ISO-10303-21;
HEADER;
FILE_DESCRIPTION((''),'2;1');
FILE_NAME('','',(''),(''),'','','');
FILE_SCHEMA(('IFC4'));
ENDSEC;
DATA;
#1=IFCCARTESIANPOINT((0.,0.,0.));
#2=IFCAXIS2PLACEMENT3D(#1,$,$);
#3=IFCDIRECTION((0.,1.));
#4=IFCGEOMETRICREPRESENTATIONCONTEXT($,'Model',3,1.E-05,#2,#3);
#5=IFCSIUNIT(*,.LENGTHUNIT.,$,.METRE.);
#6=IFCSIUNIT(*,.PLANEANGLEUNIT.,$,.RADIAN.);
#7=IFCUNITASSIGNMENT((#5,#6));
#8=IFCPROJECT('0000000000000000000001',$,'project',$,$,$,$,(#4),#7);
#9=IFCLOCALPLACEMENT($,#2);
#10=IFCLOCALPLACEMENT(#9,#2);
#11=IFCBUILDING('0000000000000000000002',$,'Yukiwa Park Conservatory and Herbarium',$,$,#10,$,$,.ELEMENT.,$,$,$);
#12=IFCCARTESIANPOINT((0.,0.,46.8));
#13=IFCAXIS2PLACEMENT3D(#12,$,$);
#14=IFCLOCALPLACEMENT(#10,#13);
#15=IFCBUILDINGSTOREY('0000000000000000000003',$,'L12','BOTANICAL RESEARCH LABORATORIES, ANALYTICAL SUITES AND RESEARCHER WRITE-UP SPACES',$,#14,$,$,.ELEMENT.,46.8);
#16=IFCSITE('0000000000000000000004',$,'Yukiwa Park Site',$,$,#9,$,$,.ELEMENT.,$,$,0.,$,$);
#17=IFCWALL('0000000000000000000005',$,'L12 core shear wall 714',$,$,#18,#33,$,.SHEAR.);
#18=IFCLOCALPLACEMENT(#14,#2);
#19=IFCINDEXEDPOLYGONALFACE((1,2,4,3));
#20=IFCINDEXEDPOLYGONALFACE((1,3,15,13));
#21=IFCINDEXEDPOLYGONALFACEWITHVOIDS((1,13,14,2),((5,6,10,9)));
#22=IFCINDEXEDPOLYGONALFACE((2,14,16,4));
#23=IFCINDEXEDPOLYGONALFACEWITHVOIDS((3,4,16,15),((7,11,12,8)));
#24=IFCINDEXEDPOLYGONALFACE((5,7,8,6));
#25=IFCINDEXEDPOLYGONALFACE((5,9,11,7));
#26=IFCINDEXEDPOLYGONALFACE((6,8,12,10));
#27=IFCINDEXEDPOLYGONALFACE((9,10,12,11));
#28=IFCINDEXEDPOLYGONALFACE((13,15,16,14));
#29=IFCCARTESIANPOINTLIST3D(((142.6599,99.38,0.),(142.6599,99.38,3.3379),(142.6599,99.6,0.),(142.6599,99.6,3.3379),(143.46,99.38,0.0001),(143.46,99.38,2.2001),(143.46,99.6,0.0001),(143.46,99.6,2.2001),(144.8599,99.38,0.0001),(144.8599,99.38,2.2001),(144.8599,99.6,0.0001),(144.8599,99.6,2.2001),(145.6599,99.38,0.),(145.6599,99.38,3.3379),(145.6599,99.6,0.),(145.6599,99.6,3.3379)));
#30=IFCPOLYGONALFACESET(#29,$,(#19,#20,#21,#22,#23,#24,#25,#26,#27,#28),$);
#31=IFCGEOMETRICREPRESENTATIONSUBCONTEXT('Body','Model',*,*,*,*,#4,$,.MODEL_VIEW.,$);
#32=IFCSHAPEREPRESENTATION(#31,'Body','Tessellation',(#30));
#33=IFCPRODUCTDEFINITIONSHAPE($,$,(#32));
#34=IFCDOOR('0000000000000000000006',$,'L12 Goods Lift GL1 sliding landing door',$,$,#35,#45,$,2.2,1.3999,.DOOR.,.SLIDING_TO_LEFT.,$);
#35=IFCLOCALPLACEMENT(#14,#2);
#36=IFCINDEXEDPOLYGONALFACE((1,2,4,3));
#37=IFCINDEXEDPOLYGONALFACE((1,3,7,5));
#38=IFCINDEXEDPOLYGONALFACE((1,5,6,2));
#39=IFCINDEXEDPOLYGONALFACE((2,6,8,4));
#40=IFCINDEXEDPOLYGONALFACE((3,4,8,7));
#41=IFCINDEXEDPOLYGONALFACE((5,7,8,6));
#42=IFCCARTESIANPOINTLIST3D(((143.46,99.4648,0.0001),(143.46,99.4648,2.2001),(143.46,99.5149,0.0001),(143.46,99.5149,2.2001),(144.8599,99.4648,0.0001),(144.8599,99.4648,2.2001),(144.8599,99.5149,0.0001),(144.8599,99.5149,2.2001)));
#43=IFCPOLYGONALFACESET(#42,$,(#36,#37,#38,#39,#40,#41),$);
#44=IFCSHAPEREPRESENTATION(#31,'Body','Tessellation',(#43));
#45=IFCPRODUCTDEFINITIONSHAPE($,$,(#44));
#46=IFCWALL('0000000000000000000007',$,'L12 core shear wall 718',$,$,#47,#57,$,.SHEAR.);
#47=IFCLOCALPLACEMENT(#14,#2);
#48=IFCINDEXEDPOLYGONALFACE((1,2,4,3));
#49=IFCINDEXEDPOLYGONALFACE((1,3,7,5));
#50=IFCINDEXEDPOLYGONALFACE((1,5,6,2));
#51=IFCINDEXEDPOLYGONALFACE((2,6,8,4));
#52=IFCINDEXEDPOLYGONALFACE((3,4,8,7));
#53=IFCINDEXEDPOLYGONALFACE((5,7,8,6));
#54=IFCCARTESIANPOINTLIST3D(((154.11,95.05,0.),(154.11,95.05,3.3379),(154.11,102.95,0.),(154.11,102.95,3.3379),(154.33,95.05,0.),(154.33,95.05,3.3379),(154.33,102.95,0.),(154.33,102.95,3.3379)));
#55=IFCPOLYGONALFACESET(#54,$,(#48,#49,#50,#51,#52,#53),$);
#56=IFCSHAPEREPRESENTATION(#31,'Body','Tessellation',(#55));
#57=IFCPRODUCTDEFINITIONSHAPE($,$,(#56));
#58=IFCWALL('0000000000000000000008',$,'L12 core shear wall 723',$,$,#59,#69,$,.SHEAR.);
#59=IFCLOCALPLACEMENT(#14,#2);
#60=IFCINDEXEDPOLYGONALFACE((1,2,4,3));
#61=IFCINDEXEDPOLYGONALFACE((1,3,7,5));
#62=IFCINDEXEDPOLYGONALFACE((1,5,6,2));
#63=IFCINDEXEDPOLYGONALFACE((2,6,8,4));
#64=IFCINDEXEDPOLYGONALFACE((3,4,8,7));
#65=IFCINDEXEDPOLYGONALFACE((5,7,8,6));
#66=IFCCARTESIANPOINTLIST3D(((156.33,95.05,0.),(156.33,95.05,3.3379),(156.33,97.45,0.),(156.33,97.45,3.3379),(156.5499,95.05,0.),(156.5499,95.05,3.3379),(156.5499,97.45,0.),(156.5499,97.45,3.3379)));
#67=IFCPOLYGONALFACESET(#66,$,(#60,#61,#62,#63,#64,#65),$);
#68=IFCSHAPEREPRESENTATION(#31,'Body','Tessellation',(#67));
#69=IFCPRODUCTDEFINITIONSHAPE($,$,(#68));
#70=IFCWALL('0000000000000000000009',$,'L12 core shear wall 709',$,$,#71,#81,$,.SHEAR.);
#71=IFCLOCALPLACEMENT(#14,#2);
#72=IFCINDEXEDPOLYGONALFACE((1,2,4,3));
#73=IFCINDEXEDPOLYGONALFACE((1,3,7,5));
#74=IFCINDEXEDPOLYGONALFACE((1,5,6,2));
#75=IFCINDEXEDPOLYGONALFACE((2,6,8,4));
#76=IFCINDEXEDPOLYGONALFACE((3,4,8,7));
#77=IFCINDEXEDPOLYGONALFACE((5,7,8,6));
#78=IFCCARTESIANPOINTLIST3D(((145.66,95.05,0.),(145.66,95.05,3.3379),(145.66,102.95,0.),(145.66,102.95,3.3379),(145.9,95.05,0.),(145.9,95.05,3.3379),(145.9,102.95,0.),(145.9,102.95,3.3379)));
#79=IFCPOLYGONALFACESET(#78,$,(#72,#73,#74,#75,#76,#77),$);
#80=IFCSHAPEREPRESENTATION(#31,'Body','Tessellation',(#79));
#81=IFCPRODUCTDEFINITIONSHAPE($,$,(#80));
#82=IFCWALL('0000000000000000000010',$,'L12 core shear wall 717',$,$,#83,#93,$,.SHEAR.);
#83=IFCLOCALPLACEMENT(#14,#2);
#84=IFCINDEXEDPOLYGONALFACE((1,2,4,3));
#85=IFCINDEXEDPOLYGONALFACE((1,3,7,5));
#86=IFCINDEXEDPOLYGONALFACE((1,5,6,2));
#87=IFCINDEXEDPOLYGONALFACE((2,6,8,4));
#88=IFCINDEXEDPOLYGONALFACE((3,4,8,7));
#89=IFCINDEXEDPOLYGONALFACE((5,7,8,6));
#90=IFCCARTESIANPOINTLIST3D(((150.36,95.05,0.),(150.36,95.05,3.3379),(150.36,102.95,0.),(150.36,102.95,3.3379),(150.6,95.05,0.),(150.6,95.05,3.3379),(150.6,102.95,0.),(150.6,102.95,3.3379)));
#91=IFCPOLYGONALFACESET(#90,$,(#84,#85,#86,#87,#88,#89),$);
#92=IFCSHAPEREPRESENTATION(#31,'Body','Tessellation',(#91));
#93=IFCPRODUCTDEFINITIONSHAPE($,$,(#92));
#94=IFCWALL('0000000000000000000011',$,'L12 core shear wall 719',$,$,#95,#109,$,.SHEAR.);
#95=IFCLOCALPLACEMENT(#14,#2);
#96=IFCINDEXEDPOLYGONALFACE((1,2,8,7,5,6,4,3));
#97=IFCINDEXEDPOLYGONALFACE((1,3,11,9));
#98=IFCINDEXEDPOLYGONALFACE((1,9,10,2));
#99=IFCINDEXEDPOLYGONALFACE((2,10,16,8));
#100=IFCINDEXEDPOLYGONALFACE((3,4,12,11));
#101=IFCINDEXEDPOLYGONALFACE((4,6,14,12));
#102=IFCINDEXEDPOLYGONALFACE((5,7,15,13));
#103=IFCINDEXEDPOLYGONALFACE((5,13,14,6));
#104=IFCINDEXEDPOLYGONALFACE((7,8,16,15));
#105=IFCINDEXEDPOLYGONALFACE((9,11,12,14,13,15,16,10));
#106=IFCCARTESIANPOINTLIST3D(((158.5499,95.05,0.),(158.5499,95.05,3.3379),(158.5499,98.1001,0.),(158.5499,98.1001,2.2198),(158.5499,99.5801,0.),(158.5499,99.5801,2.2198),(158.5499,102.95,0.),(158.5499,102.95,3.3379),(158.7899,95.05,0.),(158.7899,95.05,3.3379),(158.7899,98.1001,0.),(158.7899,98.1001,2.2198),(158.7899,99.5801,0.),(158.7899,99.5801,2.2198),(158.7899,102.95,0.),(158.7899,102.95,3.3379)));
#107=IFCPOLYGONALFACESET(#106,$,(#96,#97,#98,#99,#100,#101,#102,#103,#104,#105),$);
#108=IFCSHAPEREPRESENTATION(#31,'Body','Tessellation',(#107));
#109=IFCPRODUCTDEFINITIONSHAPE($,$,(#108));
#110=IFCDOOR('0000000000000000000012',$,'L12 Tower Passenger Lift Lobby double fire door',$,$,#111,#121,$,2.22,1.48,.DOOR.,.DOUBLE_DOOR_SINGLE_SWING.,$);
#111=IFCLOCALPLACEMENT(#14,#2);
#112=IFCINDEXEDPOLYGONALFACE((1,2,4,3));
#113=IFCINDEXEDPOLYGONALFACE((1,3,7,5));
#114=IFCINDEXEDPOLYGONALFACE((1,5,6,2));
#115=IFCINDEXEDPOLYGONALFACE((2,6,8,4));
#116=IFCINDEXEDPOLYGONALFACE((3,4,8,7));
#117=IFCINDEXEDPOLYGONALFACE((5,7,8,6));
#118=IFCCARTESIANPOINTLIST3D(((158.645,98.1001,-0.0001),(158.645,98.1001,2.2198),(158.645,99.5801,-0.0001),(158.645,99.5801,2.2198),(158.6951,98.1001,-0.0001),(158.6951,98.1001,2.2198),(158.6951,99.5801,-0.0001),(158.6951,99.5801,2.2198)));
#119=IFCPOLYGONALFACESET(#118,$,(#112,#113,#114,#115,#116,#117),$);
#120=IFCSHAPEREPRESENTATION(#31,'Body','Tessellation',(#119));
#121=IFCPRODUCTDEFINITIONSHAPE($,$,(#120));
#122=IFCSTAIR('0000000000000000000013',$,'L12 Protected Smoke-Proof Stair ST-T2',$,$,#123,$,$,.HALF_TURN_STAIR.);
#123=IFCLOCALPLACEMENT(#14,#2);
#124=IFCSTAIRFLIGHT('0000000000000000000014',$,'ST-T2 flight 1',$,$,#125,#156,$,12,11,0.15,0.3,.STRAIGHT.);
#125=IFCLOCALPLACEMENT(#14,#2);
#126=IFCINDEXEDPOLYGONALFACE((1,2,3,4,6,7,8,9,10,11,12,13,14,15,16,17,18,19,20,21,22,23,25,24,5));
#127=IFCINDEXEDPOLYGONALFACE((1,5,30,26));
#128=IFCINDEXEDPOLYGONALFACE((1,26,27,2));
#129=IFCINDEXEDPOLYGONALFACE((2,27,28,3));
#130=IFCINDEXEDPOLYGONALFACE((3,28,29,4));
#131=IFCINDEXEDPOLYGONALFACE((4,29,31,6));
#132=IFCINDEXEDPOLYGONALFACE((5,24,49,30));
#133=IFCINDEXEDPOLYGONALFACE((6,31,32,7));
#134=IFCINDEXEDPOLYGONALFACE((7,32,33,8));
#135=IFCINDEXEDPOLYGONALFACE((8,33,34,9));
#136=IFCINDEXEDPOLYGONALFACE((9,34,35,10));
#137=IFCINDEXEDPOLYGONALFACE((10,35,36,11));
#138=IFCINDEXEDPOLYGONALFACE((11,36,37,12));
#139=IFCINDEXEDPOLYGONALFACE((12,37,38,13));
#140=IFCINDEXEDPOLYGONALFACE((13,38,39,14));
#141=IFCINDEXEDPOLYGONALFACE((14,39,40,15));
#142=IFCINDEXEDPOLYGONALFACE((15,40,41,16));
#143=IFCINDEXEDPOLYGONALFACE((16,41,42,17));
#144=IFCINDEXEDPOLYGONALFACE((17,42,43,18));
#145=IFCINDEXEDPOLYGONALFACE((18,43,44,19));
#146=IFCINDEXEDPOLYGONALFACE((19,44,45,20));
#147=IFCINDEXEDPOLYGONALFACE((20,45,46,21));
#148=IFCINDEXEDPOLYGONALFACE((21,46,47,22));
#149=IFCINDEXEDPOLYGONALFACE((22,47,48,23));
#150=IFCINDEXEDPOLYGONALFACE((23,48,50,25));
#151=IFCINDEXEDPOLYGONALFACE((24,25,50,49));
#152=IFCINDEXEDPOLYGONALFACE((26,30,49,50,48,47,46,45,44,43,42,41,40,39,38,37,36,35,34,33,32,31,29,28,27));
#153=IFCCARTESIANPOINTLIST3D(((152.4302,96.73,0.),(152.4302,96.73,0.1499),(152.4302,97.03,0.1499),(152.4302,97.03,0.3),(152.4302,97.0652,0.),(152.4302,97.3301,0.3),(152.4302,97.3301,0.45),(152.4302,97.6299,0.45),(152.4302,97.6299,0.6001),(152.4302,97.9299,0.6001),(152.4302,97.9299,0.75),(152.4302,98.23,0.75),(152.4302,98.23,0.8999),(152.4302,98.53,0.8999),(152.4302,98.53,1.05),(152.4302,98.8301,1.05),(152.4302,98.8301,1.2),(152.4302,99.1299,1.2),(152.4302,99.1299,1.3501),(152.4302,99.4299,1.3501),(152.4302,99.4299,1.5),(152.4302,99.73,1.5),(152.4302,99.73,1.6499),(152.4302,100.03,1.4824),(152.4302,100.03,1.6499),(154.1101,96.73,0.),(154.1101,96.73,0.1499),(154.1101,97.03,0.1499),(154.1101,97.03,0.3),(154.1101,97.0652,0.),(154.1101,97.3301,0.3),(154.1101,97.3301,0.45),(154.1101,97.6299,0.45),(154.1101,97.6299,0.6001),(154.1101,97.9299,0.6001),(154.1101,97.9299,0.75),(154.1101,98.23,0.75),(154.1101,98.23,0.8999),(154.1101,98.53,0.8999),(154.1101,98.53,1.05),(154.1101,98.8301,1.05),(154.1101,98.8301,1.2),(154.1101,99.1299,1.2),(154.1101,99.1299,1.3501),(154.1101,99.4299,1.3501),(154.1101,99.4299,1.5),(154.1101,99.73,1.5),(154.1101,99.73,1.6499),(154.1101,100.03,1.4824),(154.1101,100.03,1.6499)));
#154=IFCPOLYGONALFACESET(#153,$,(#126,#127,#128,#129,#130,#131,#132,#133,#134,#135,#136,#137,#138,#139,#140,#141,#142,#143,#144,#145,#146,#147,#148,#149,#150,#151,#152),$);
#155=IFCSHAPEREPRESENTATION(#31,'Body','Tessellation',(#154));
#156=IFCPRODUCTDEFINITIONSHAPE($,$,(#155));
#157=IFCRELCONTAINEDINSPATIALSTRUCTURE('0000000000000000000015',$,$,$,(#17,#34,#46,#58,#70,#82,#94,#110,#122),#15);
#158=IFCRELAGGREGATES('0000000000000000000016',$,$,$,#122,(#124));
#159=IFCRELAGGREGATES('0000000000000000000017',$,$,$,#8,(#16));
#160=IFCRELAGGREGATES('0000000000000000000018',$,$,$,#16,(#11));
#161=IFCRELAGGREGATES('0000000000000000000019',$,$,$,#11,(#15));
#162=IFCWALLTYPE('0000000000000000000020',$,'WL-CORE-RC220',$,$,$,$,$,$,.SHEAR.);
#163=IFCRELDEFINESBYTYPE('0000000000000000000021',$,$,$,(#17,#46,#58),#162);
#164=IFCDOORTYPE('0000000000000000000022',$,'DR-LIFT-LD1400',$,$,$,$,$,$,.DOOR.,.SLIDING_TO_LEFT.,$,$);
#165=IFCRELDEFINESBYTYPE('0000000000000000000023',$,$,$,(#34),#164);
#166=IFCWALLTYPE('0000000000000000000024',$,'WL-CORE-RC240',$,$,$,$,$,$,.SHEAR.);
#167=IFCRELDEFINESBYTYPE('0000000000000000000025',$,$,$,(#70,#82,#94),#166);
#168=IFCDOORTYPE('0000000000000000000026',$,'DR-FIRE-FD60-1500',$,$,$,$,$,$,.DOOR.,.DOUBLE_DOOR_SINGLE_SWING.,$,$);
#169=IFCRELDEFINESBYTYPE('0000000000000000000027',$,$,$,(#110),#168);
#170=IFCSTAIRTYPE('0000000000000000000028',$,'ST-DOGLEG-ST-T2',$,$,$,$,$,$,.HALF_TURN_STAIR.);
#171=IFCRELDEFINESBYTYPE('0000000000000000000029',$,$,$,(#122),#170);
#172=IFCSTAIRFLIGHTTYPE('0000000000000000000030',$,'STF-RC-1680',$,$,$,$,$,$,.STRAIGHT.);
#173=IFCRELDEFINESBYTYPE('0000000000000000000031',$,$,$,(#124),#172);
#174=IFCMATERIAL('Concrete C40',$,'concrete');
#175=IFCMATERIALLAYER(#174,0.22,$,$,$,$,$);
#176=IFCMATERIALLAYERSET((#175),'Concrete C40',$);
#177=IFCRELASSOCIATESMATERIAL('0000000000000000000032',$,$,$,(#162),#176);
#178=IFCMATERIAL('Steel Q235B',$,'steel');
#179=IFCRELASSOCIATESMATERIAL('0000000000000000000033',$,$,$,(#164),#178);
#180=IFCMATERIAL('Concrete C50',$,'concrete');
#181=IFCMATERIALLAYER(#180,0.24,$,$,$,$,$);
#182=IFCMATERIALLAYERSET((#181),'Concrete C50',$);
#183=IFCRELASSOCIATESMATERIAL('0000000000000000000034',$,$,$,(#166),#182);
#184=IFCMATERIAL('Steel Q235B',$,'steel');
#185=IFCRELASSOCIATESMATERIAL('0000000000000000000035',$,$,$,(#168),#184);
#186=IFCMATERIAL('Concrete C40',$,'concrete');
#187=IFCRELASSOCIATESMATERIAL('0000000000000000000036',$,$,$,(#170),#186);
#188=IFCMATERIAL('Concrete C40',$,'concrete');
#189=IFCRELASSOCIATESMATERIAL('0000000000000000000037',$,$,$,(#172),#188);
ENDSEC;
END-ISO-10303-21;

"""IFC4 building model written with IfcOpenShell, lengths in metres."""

from ifc_helpers import new_model, si_unit, direction, frame, frame_2d, origin, place, context, subcontext, project, spatial, polyline, rectangle, outline, extrude, material, layer, layer_set, type_object, element, fill, aggregate, save


model = new_model("IFC4")

# Units and contexts
model_context = context("Model", 3, precision=1e-05, world=origin(), true_north=direction((0.0, 1.0)))
body_context = subcontext(model_context, "Body", "Model", "MODEL_VIEW")
ifc_project = project(units=[si_unit("LENGTHUNIT", "METRE"), si_unit("PLANEANGLEUNIT", "RADIAN")], contexts=[model_context])

# Site, building, storey
site_placement = place(None, origin())
site = spatial("IfcSite", under=ifc_project, at=site_placement, Name="Yukiwa Park Site", CompositionType="ELEMENT", RefElevation=0.0)
building_placement = place(site_placement, origin())
building = spatial("IfcBuilding", under=site, at=building_placement, Name="Yukiwa Park Conservatory and Herbarium", CompositionType="ELEMENT")
storey_placement = place(building_placement, frame((0.0, 0.0, 46.8)))
storey = spatial("IfcBuildingStorey", under=building, at=storey_placement, Name="L12", Description="BOTANICAL RESEARCH LABORATORIES, ANALYTICAL SUITES AND RESEARCHER WRITE-UP SPACES", CompositionType="ELEMENT", Elevation=46.8)

# Shared definitions
ifc_material_1 = material(Name="Concrete C40", Category="concrete")
ifc_layer_1 = layer(ifc_material_1, 0.22)
ifc_layer_set_1 = layer_set([ifc_layer_1], Name="Concrete C40")
wall_type_1 = type_object("IfcWallType", Name="WL-CORE-RC220", PredefinedType="SHEAR", material=ifc_layer_set_1)

# Wall, opening, door
wall_1_placement = place(storey_placement, frame((142.6599, 99.49, 0.0), z_axis=(0.0, 0.0, 1.0), x_axis=(1.0, 0.0, 0.0)))
wall_1 = element("IfcWall", 1, at=wall_1_placement, inside=storey, type_object=wall_type_1, Name="L12 core shear wall 714", PredefinedType="SHEAR", context=body_context, shape_type="SweptSolid", body=[
    extrude(rectangle(XDim=3.0, YDim=0.22, at=frame_2d((1.5, 0.0))), origin(), (0.0, 0.0, 1.0), 3.3379),
])
opening_1_placement = place(wall_1_placement, frame((0.8, 0.0, 0.0)))
opening_1 = element("IfcOpeningElement", 2, at=opening_1_placement, cuts=wall_1, PredefinedType="OPENING", context=body_context, shape_type="SweptSolid", body=[
    extrude(rectangle(XDim=1.3999, YDim=2.2, at=frame_2d((0.7, 1.1001))), frame((0.0, 0.1201, 0.0), z_axis=(0.0, -1.0, 0.0), x_axis=(1.0, 0.0, 0.0)), (0.0, 0.0, 1.0), 0.24),
])
ifc_material_2 = material(Name="Steel Q235B", Category="steel")
door_type_1 = type_object("IfcDoorType", Name="DR-LIFT-LD1400", OperationType="SLIDING_TO_LEFT", PredefinedType="DOOR", material=ifc_material_2)
door_1_placement = place(opening_1_placement, origin())
door_1 = element("IfcDoor", 3, at=door_1_placement, inside=storey, type_object=door_type_1, Name="L12 Goods Lift GL1 sliding landing door", OperationType="SLIDING_TO_LEFT", OverallHeight=2.2, OverallWidth=1.3999, PredefinedType="DOOR", context=body_context, shape_type="SweptSolid", body=[
    extrude(rectangle(XDim=1.3999, YDim=2.2, at=frame_2d((0.7, 1.1001))), frame((0.0, 0.0249, 0.0), z_axis=(0.0, -1.0, 0.0), x_axis=(1.0, 0.0, 0.0)), (0.0, 0.0, 1.0), 0.05),
])
fill(opening_1, door_1)

# Walls
wall_2_placement = place(storey_placement, frame((154.22, 95.05, 0.0), z_axis=(0.0, 0.0, 1.0), x_axis=(0.0, 1.0, 0.0)))
element("IfcWall", 4, at=wall_2_placement, inside=storey, type_object=wall_type_1, Name="L12 core shear wall 718", PredefinedType="SHEAR", context=body_context, shape_type="SweptSolid", body=[
    extrude(rectangle(XDim=7.8999, YDim=0.22, at=frame_2d((3.95, 0.0))), origin(), (0.0, 0.0, 1.0), 3.3379),
])
wall_3_placement = place(storey_placement, frame((156.4399, 95.05, 0.0), z_axis=(0.0, 0.0, 1.0), x_axis=(0.0, 1.0, 0.0)))
element("IfcWall", 5, at=wall_3_placement, inside=storey, type_object=wall_type_1, Name="L12 core shear wall 723", PredefinedType="SHEAR", context=body_context, shape_type="SweptSolid", body=[
    extrude(rectangle(XDim=2.3999, YDim=0.22, at=frame_2d((1.2, 0.0))), origin(), (0.0, 0.0, 1.0), 3.3379),
])

# Walls
ifc_material_3 = material(Name="Concrete C50", Category="concrete")
ifc_layer_2 = layer(ifc_material_3, 0.24)
ifc_layer_set_2 = layer_set([ifc_layer_2], Name="Concrete C50")
wall_type_2 = type_object("IfcWallType", Name="WL-CORE-RC240", PredefinedType="SHEAR", material=ifc_layer_set_2)
for number, where, z_axis, x_axis, name in (
    (6, (145.78, 95.05, 0.0), (0.0, 0.0, 1.0), (0.0, 1.0, 0.0), "L12 core shear wall 709"),
    (7, (150.48, 95.05, 0.0), (0.0, 0.0, 1.0), (0.0, 1.0, 0.0), "L12 core shear wall 717"),
):
    element("IfcWall", number, at=place(storey_placement, frame(where, z_axis=z_axis, x_axis=x_axis)), inside=storey, type_object=wall_type_2, Name=name, PredefinedType="SHEAR", context=body_context, shape_type="SweptSolid", body=[
        extrude(rectangle(XDim=7.8999, YDim=0.24, at=frame_2d((3.95, 0.0))), origin(), (0.0, 0.0, 1.0), 3.3379),
    ])

# Wall, opening, door
wall_4_placement = place(storey_placement, frame((158.6699, 95.05, 0.0), z_axis=(0.0, 0.0, 1.0), x_axis=(0.0, 1.0, 0.0)))
wall_4 = element("IfcWall", 8, at=wall_4_placement, inside=storey, type_object=wall_type_2, Name="L12 core shear wall 719", PredefinedType="SHEAR", context=body_context, shape_type="SweptSolid", body=[
    extrude(rectangle(XDim=7.8999, YDim=0.24, at=frame_2d((3.95, 0.0))), origin(), (0.0, 0.0, 1.0), 3.3379),
])
opening_2_placement = place(wall_4_placement, frame((3.05, 0.0, 0.0)))
opening_2 = element("IfcOpeningElement", 9, at=opening_2_placement, cuts=wall_4, PredefinedType="OPENING", context=body_context, shape_type="SweptSolid", body=[
    extrude(rectangle(XDim=1.48, YDim=2.22, at=frame_2d((0.74, 1.1099))), frame((0.0, 0.1299, 0.0), z_axis=(0.0, -1.0, 0.0), x_axis=(1.0, 0.0, 0.0)), (0.0, 0.0, 1.0), 0.26),
])
ifc_material_4 = material(Name="Steel Q235B", Category="steel")
door_type_2 = type_object("IfcDoorType", Name="DR-FIRE-FD60-1500", OperationType="DOUBLE_DOOR_SINGLE_SWING", PredefinedType="DOOR", material=ifc_material_4)
door_2_placement = place(opening_2_placement, origin())
door_2 = element("IfcDoor", 10, at=door_2_placement, inside=storey, type_object=door_type_2, Name="L12 Tower Passenger Lift Lobby double fire door", OperationType="DOUBLE_DOOR_SINGLE_SWING", OverallHeight=2.22, OverallWidth=1.48, PredefinedType="DOOR", context=body_context, shape_type="SweptSolid", body=[
    extrude(rectangle(XDim=1.48, YDim=2.22, at=frame_2d((0.74, 1.1099))), frame((0.0, 0.0249, 0.0), z_axis=(0.0, -1.0, 0.0), x_axis=(1.0, 0.0, 0.0)), (0.0, 0.0, 1.0), 0.05),
])
fill(opening_2, door_2)

# Stair, stair flight
ifc_material_5 = material(Name="Concrete C40", Category="concrete")
stair_type = type_object("IfcStairType", Name="ST-DOGLEG-ST-T2", PredefinedType="HALF_TURN_STAIR", material=ifc_material_5)
stair_placement = place(storey_placement, origin())
stair = element("IfcStair", 11, at=stair_placement, inside=storey, type_object=stair_type, Name="L12 Protected Smoke-Proof Stair ST-T2", PredefinedType="HALF_TURN_STAIR")
ifc_material_6 = material(Name="Concrete C40", Category="concrete")
stair_flight_type = type_object("IfcStairFlightType", Name="STF-RC-1680", PredefinedType="STRAIGHT", material=ifc_material_6)
stair_flight_1_placement = place(storey_placement, frame((153.27, 96.73, 0.0), z_axis=(0.0, 0.0, 1.0), x_axis=(0.0, 1.0, 0.0)))
stair_flight_1 = element("IfcStairFlight", 12, at=stair_flight_1_placement, type_object=stair_flight_type, Name="ST-T2 flight 1", NumberOfRisers=12, NumberOfTreads=11, PredefinedType="STRAIGHT", RiserHeight=0.15, TreadLength=0.3, context=body_context, shape_type="SweptSolid", body=[
    extrude(outline(polyline([(0.0, 0.0), (0.0, 0.1499), (0.3, 0.1499), (0.3, 0.3), (0.6001, 0.3), (0.6001, 0.45), (0.8999, 0.45), (0.8999, 0.6001), (1.2, 0.6001), (1.2, 0.75), (1.5, 0.75), (1.5, 0.8999), (1.8, 0.8999), (1.8, 1.05), (2.1001, 1.05), (2.1001, 1.2), (2.3999, 1.2), (2.3999, 1.3501), (2.7, 1.3501), (2.7, 1.5), (3.0, 1.5), (3.0, 1.6499), (3.3, 1.6499), (3.3, 1.8), (3.3, 1.4824), (0.3352, 0.0), (0.0, 0.0)])), frame((0.0, 0.8398, 0.0), z_axis=(0.0, -1.0, 0.0), x_axis=(1.0, 0.0, 0.0)), (0.0, 0.0, 1.0), 1.6799),
])
aggregate(stair, [stair_flight_1])

save(model, "model.ifc")
